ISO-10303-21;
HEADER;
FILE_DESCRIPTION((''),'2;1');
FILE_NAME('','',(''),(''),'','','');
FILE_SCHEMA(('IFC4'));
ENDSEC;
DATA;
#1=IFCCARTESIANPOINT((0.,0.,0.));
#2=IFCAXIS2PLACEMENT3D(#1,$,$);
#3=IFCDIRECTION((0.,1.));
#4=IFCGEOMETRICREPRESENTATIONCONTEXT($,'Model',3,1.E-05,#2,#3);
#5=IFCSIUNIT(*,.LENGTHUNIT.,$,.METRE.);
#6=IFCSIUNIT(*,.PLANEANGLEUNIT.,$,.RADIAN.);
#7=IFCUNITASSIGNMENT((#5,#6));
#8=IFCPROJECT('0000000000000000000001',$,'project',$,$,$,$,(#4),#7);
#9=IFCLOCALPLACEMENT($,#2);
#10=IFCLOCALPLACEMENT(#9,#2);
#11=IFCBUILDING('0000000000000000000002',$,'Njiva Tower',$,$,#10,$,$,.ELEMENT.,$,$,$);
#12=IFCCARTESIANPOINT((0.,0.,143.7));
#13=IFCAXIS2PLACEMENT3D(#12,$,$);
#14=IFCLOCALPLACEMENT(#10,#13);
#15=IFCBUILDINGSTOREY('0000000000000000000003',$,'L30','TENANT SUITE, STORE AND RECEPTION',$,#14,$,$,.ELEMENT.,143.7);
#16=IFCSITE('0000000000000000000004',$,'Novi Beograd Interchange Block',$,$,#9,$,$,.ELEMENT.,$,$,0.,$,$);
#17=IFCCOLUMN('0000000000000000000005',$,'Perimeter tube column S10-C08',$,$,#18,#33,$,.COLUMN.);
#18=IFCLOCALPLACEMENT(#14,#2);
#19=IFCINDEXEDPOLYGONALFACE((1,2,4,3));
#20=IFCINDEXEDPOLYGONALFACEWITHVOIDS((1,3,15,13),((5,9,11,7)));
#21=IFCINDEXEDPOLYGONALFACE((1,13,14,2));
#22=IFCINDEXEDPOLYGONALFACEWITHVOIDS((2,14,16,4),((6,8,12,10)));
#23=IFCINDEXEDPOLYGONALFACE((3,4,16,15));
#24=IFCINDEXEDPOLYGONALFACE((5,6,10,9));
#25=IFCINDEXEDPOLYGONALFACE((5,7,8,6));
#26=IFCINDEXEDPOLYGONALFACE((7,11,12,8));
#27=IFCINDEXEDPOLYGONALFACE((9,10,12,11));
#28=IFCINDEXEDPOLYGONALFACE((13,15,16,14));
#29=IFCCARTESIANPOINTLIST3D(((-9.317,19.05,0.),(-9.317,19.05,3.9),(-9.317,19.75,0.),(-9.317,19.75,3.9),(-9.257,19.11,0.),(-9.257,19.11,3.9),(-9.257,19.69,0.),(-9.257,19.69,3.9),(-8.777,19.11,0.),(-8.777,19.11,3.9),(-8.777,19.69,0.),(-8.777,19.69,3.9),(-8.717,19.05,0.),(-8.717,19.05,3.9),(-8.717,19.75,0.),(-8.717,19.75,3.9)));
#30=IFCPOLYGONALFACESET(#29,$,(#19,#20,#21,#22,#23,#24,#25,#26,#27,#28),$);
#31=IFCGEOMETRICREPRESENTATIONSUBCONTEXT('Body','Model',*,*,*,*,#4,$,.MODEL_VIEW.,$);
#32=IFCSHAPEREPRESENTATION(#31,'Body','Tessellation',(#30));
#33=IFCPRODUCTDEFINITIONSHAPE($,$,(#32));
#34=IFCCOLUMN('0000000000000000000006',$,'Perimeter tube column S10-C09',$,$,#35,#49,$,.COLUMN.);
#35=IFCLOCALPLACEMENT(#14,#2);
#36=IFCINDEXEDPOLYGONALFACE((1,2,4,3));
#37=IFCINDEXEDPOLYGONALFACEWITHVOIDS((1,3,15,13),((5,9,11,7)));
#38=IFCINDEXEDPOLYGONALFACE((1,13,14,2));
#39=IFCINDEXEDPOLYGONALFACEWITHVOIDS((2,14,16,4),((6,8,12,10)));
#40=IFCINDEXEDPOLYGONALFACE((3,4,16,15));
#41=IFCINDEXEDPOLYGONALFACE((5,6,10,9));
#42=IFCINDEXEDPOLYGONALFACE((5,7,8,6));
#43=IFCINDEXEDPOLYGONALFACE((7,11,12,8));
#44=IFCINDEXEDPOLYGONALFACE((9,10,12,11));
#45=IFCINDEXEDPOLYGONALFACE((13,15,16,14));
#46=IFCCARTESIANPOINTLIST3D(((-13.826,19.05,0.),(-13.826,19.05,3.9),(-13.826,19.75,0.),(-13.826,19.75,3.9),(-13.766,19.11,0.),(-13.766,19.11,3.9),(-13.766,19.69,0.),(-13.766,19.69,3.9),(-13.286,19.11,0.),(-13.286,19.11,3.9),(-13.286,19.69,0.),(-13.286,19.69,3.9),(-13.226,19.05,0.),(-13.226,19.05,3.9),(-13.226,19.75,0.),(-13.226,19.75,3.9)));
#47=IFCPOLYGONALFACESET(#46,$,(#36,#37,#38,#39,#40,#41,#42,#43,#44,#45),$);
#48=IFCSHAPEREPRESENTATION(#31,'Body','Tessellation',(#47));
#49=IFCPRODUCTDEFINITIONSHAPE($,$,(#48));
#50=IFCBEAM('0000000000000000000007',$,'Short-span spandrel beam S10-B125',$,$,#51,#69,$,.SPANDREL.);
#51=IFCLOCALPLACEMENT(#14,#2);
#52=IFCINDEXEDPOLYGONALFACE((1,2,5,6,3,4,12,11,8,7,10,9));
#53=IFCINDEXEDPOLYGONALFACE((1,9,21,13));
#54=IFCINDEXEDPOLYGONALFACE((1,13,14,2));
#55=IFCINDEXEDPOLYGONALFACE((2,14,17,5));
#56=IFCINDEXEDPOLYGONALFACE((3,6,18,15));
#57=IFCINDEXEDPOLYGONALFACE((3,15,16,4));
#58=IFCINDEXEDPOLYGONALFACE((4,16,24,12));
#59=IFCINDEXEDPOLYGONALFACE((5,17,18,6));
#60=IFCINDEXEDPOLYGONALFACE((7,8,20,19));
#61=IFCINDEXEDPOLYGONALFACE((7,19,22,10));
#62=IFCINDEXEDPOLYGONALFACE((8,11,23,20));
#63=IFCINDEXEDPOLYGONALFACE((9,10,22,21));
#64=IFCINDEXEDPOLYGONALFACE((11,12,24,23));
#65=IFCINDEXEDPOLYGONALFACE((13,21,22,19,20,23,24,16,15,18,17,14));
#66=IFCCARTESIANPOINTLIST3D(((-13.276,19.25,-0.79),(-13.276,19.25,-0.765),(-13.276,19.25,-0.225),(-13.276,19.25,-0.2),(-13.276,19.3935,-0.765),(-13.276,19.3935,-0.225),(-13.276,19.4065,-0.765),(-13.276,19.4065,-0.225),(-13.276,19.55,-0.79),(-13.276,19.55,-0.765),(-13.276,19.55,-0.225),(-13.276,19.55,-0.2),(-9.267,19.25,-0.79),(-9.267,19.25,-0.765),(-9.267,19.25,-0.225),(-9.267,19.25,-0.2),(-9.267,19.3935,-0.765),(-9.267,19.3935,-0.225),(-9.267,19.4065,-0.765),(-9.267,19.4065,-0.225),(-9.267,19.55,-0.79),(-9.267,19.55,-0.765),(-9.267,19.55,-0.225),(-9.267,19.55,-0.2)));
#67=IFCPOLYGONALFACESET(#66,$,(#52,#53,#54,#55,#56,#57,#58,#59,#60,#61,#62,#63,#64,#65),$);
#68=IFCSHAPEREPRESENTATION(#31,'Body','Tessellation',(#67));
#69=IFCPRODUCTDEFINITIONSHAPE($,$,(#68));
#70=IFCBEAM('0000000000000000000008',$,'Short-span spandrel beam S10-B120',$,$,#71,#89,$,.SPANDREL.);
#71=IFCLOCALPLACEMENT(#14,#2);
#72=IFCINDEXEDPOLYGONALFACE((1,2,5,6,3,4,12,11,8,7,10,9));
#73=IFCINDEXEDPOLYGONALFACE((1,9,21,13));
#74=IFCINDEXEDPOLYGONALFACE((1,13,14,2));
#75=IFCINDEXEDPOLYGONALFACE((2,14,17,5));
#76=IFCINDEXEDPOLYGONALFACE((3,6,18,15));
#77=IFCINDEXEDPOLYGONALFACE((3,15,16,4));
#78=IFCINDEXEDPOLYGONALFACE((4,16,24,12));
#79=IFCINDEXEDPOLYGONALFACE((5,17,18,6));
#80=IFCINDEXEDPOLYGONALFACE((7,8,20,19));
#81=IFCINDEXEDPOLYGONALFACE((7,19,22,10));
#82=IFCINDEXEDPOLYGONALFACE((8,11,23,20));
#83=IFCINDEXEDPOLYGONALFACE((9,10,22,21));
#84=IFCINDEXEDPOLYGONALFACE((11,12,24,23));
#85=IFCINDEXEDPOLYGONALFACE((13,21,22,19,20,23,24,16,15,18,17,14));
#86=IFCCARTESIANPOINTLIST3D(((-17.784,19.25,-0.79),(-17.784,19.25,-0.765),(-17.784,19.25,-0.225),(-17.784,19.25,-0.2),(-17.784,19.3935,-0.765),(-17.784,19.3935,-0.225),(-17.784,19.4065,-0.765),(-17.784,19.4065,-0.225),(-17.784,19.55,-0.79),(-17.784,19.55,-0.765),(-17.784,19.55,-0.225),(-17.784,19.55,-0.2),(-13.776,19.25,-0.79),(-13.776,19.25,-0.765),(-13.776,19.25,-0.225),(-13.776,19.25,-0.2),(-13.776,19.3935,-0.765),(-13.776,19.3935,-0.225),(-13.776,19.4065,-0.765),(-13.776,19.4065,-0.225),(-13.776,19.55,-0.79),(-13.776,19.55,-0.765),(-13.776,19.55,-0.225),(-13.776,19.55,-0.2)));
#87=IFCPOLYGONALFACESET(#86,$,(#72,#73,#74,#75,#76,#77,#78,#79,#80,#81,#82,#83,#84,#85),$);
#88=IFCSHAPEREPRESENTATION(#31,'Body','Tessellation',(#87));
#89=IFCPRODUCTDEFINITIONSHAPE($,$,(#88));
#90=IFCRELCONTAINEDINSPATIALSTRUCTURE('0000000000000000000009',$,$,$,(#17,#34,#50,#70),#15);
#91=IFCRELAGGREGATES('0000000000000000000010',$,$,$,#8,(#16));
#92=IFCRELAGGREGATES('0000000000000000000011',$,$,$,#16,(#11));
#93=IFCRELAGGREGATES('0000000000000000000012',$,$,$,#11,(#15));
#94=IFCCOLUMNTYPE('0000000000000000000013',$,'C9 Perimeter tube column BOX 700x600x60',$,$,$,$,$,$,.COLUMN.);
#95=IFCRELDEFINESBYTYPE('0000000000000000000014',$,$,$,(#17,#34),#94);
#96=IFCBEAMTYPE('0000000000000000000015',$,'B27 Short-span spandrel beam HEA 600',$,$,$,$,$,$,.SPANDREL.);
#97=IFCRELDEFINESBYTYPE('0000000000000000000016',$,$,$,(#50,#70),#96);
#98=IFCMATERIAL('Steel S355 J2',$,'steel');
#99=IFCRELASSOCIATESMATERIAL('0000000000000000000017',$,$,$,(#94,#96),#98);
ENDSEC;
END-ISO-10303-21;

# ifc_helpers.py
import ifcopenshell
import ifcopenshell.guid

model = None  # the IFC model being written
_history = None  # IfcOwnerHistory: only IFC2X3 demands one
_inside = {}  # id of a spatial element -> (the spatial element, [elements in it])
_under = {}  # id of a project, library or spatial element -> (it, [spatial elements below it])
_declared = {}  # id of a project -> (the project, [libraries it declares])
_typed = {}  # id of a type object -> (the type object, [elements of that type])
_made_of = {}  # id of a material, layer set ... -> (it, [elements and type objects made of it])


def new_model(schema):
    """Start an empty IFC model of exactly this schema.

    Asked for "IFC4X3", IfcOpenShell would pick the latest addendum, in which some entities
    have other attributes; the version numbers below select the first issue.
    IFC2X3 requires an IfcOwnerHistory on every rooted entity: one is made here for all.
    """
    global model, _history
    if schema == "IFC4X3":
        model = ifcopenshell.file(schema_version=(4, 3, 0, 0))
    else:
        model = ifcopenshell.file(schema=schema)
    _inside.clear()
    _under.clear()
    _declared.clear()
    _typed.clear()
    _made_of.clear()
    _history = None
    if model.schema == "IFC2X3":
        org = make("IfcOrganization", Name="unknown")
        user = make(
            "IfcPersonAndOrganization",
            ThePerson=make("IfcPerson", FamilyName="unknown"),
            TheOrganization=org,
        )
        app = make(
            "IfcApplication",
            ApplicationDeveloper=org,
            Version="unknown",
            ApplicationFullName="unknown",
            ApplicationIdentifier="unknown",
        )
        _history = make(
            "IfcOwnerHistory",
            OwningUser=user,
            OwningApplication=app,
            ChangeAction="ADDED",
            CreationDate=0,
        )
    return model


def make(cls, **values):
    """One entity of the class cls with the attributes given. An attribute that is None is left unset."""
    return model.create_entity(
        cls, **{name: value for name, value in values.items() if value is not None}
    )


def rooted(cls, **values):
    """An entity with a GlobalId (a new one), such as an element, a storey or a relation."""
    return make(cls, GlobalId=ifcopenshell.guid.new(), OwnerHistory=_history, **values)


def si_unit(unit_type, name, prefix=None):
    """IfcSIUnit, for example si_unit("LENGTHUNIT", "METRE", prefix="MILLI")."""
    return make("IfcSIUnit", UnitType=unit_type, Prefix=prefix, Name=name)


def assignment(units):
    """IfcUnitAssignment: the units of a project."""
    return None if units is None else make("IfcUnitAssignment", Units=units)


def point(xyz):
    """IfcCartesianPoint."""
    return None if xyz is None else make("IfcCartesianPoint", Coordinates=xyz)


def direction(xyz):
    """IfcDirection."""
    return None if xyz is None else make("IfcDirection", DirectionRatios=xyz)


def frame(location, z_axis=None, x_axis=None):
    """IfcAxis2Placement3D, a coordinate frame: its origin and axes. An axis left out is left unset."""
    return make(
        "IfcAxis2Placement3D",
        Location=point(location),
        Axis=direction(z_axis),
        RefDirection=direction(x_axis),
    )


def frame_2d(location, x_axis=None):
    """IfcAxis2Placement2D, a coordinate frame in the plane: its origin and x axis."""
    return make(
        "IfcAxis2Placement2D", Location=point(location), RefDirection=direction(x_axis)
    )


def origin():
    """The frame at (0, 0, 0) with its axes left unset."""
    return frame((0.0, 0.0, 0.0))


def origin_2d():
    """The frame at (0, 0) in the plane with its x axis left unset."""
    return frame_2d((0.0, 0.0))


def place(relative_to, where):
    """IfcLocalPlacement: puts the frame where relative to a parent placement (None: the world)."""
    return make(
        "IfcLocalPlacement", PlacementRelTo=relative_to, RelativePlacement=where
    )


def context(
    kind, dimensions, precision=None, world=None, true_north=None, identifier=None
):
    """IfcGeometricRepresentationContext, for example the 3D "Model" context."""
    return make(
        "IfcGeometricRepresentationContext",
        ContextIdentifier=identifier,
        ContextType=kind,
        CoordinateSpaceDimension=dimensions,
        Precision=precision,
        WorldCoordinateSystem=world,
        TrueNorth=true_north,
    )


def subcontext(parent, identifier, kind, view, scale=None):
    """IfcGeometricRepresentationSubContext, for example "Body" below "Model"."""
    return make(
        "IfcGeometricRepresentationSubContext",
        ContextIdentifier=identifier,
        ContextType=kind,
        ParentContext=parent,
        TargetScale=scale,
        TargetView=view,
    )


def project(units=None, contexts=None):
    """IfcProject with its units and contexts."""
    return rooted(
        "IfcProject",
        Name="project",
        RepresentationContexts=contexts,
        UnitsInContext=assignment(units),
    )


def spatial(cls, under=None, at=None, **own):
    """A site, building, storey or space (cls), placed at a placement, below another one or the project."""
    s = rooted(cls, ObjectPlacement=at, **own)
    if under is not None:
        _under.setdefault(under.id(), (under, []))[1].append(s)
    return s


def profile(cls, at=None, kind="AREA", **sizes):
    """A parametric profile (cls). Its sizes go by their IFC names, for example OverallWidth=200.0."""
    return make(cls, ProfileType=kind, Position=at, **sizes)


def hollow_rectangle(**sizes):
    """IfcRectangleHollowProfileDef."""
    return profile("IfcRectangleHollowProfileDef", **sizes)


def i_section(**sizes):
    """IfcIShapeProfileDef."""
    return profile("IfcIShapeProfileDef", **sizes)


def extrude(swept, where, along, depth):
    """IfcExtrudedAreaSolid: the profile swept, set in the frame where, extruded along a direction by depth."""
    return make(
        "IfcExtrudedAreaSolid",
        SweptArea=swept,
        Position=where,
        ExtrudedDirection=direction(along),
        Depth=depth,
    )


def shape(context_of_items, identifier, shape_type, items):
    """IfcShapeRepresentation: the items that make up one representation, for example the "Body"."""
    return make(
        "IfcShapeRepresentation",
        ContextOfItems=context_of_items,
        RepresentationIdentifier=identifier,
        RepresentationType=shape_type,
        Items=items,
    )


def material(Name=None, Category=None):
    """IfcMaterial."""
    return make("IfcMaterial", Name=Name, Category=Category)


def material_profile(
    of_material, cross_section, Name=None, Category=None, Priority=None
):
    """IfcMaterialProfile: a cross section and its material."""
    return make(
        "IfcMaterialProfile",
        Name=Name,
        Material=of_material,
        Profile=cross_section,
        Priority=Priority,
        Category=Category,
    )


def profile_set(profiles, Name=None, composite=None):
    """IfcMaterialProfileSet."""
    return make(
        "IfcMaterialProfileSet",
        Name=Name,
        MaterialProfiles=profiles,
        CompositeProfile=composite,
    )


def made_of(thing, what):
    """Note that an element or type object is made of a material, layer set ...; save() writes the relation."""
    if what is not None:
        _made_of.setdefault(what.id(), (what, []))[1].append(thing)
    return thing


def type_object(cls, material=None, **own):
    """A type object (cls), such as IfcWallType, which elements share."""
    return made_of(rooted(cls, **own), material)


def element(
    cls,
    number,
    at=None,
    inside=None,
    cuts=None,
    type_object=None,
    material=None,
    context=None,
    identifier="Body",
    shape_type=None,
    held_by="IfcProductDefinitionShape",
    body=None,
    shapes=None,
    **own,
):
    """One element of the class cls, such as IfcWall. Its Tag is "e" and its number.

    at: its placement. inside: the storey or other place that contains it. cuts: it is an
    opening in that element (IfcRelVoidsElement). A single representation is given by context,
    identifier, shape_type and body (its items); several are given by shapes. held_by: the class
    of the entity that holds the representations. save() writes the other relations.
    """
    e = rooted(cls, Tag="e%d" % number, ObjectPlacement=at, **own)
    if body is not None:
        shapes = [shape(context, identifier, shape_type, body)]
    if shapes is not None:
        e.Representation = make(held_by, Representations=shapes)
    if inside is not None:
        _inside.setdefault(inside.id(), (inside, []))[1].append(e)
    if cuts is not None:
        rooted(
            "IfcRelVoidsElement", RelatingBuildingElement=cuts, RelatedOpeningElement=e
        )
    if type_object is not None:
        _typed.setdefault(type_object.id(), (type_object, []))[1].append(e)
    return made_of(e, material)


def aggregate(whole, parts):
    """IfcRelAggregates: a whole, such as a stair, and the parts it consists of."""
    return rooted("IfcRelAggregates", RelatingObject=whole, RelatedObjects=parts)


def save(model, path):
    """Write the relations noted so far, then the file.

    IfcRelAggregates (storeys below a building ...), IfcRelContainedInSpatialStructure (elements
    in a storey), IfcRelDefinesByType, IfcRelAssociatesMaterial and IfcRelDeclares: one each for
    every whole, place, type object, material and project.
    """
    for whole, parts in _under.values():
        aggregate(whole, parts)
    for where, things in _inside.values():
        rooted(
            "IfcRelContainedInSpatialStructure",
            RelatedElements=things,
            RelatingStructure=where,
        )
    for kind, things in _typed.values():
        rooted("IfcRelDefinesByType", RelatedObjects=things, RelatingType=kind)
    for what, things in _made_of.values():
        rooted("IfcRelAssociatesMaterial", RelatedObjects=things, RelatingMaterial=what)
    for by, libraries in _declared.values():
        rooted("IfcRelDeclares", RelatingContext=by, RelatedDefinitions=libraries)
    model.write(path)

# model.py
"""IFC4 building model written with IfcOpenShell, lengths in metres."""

from ifc_helpers import new_model, si_unit, direction, frame, origin, origin_2d, place, context, subcontext, project, spatial, hollow_rectangle, i_section, extrude, material, material_profile, profile_set, type_object, element, save


model = new_model("IFC4")

# Units and contexts
model_context = context("Model", 3, precision=1e-05, world=origin(), true_north=direction((0.0, 1.0)))
body_context = subcontext(model_context, "Body", "Model", "MODEL_VIEW")
ifc_project = project(units=[si_unit("LENGTHUNIT", "METRE"), si_unit("PLANEANGLEUNIT", "RADIAN")], contexts=[model_context])

# Site, building, storey
site_placement = place(None, origin())
site = spatial("IfcSite", under=ifc_project, at=site_placement, Name="Novi Beograd Interchange Block", CompositionType="ELEMENT", RefElevation=0.0)
building_placement = place(site_placement, origin())
building = spatial("IfcBuilding", under=site, at=building_placement, Name="Njiva Tower", CompositionType="ELEMENT")
storey_placement = place(building_placement, frame((0.0, 0.0, 143.7)))
storey = spatial("IfcBuildingStorey", under=building, at=storey_placement, Name="L30", Description="TENANT SUITE, STORE AND RECEPTION", CompositionType="ELEMENT", Elevation=143.7)

# Columns
ifc_material_1 = material(Name="Steel S355 J2", Category="steel")
ifc_material_profile_1 = material_profile(ifc_material_1, hollow_rectangle(XDim=0.6, YDim=0.7, WallThickness=0.06, at=origin_2d()), Name="BOX 700x600x60")
ifc_profile_set_1 = profile_set([ifc_material_profile_1], Name="Steel S355 J2")
column_type = type_object("IfcColumnType", Name="C9 Perimeter tube column BOX 700x600x60", PredefinedType="COLUMN", material=ifc_profile_set_1)
for number, where, z_axis, x_axis, name in (
    (1, (-9.017, 19.4, 0.0), (0.0, 0.0, 1.0), (-1.0, 0.0, 0.0), "Perimeter tube column S10-C08"),
    (2, (-13.526, 19.4, 0.0), (0.0, 0.0, 1.0), (-1.0, 0.0, 0.0), "Perimeter tube column S10-C09"),
):
    element("IfcColumn", number, at=place(storey_placement, frame(where, z_axis=z_axis, x_axis=x_axis)), inside=storey, type_object=column_type, Name=name, PredefinedType="COLUMN", context=body_context, shape_type="SweptSolid", body=[
        extrude(hollow_rectangle(XDim=0.6, YDim=0.7, WallThickness=0.06, at=origin_2d()), origin(), (0.0, 0.0, 1.0), 3.9),
    ])

# Beams
ifc_material_profile_2 = material_profile(ifc_material_1, i_section(OverallWidth=0.3, OverallDepth=0.59, WebThickness=0.013, FlangeThickness=0.025, at=origin_2d()), Name="HEA 600")
ifc_profile_set_2 = profile_set([ifc_material_profile_2], Name="Steel S355 J2")
beam_type = type_object("IfcBeamType", Name="B27 Short-span spandrel beam HEA 600", PredefinedType="SPANDREL", material=ifc_profile_set_2)
beam_1_placement = place(storey_placement, frame((-9.267, 19.4, -0.495), z_axis=(-1.0, 0.0, 0.0), x_axis=(0.0, -1.0, 0.0)))
element("IfcBeam", 3, at=beam_1_placement, inside=storey, type_object=beam_type, Name="Short-span spandrel beam S10-B125", PredefinedType="SPANDREL", context=body_context, shape_type="SweptSolid", body=[
    extrude(i_section(OverallWidth=0.3, OverallDepth=0.59, WebThickness=0.013, FlangeThickness=0.025, at=origin_2d()), origin(), (0.0, 0.0, 1.0), 4.009),
])
beam_2_placement = place(storey_placement, frame((-13.776, 19.4, -0.495), z_axis=(-1.0, 0.0, 0.0), x_axis=(0.0, -1.0, 0.0)))
element("IfcBeam", 4, at=beam_2_placement, inside=storey, type_object=beam_type, Name="Short-span spandrel beam S10-B120", PredefinedType="SPANDREL", context=body_context, shape_type="SweptSolid", body=[
    extrude(i_section(OverallWidth=0.3, OverallDepth=0.59, WebThickness=0.013, FlangeThickness=0.025, at=origin_2d()), origin(), (0.0, 0.0, 1.0), 4.008),
])

save(model, "model.ifc")
